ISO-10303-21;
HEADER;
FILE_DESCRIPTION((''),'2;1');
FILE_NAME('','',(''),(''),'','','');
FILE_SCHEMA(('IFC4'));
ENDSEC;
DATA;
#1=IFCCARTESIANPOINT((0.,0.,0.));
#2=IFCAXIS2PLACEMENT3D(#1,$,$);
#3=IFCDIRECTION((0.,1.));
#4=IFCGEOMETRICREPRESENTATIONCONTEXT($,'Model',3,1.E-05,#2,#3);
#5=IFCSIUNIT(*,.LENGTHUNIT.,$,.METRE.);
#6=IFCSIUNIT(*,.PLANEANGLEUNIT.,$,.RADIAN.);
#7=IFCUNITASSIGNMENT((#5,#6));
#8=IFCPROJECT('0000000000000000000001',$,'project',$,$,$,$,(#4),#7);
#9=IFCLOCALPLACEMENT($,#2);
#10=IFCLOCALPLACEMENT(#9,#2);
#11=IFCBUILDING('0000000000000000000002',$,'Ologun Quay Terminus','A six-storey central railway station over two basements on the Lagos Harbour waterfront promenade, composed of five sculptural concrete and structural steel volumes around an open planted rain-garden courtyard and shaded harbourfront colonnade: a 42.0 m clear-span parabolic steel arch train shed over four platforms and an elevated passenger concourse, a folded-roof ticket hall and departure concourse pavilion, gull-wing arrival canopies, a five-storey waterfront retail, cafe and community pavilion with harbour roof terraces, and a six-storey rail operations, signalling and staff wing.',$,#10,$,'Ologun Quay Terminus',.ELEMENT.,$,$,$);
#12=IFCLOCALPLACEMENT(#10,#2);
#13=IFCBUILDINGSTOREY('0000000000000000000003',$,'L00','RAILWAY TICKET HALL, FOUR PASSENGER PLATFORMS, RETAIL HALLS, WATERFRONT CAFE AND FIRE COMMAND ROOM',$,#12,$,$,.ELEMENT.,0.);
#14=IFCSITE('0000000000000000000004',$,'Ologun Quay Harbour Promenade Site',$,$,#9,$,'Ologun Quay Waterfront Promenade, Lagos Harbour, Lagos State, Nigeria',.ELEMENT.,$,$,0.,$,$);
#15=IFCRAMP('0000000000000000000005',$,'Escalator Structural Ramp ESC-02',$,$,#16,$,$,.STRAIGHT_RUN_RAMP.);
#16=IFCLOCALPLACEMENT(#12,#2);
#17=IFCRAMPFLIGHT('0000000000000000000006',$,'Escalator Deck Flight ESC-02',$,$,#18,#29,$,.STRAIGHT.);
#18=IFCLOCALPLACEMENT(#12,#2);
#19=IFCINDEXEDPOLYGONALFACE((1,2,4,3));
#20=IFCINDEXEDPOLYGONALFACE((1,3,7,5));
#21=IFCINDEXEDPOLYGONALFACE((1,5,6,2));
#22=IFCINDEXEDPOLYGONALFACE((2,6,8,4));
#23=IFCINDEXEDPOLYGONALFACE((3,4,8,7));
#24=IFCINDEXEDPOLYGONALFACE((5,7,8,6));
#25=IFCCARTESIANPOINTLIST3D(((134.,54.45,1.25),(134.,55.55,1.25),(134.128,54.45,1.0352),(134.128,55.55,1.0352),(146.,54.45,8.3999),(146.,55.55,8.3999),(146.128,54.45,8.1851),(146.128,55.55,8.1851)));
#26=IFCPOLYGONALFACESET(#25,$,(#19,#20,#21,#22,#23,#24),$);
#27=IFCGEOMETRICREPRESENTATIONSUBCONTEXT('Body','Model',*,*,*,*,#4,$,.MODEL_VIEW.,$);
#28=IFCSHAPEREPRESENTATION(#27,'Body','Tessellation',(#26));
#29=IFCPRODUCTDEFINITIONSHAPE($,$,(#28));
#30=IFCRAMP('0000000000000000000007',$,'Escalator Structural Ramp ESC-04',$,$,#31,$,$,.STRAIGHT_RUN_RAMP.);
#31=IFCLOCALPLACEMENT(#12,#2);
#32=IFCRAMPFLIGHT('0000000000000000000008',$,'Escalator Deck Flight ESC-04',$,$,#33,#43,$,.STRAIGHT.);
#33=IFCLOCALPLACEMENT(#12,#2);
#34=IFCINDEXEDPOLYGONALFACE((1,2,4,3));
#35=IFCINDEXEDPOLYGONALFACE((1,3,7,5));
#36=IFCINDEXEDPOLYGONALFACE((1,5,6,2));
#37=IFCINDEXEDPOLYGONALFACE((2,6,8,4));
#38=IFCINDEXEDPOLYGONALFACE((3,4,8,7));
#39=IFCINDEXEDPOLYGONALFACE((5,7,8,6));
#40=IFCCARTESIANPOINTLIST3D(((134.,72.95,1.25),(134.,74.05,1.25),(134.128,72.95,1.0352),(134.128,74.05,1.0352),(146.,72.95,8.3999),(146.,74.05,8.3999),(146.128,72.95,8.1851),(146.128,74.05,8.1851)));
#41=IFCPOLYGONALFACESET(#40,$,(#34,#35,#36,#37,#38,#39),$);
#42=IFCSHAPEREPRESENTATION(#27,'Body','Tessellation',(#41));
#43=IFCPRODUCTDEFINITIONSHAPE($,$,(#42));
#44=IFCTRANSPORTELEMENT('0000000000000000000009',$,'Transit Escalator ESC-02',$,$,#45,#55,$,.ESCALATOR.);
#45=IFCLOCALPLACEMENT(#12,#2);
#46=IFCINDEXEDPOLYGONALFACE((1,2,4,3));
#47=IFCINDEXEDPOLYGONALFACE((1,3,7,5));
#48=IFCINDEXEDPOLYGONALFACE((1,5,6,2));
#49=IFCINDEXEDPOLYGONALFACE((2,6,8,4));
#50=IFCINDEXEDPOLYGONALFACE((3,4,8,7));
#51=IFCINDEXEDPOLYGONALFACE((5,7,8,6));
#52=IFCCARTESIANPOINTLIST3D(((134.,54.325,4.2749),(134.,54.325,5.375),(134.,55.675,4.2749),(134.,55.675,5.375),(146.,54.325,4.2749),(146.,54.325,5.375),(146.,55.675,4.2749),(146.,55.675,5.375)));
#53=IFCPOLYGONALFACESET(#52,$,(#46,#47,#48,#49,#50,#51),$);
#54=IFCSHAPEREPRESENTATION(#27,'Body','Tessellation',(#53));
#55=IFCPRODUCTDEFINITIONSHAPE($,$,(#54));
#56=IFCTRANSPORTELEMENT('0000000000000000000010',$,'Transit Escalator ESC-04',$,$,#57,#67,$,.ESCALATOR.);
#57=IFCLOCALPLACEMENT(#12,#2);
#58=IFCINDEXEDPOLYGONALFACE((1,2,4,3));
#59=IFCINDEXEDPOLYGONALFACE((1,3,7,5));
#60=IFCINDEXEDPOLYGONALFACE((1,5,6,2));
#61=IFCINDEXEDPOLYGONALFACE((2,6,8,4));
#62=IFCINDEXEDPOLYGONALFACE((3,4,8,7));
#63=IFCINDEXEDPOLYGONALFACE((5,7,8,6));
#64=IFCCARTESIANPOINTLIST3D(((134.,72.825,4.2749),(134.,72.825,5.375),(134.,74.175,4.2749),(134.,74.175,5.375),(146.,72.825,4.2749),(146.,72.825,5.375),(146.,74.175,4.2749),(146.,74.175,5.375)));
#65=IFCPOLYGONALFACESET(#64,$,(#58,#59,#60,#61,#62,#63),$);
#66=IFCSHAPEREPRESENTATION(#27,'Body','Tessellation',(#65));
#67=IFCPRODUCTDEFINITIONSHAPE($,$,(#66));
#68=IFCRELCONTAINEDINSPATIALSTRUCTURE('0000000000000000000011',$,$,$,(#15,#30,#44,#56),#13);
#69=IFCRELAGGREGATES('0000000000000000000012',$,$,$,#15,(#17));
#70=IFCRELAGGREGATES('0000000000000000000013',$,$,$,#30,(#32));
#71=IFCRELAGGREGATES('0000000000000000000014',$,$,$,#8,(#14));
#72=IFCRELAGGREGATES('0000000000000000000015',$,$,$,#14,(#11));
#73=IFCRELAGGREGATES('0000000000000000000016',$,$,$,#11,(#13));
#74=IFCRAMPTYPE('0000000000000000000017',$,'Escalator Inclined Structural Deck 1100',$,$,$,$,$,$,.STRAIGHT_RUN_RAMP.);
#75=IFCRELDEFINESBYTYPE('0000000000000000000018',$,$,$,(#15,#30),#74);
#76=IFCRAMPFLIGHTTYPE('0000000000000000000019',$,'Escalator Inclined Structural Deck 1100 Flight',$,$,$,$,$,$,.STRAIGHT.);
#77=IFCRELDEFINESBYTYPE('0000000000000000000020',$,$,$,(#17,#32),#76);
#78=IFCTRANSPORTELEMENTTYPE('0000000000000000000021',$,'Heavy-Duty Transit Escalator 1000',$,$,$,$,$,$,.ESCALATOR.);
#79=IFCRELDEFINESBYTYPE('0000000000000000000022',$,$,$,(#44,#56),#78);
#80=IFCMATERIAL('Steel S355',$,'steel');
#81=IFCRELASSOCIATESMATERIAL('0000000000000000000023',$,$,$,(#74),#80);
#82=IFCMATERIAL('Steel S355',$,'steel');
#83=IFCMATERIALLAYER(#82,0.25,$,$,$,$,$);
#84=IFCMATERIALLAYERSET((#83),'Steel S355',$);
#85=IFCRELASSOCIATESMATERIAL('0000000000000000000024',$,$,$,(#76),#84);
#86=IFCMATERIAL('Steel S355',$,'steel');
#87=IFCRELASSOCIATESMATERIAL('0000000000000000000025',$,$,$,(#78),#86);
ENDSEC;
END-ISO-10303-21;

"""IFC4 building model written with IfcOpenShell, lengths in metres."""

from ifc_helpers import new_model, si_unit, direction, frame, origin, origin_2d, place, context, subcontext, project, spatial, polyline, rectangle, outline, extrude, material, layer, layer_set, type_object, element, aggregate, save


model = new_model("IFC4")

# Units and contexts
model_context = context("Model", 3, precision=1e-05, world=origin(), true_north=direction((0.0, 1.0)))
body_context = subcontext(model_context, "Body", "Model", "MODEL_VIEW")
ifc_project = project(units=[si_unit("LENGTHUNIT", "METRE"), si_unit("PLANEANGLEUNIT", "RADIAN")], contexts=[model_context])

# Site, building, storey
site_placement = place(None, origin())
site = spatial("IfcSite", under=ifc_project, at=site_placement, Name="Ologun Quay Harbour Promenade Site", LongName="Ologun Quay Waterfront Promenade, Lagos Harbour, Lagos State, Nigeria", CompositionType="ELEMENT", RefElevation=0.0)
building_placement = place(site_placement, origin())
building = spatial("IfcBuilding", under=site, at=building_placement, Name="Ologun Quay Terminus", Description="A six-storey central railway station over two basements on the Lagos Harbour waterfront promenade, composed of five sculptural concrete and structural steel volumes around an open planted rain-garden courtyard and shaded harbourfront colonnade: a 42.0 m clear-span parabolic steel arch train shed over four platforms and an elevated passenger concourse, a folded-roof ticket hall and departure concourse pavilion, gull-wing arrival canopies, a five-storey waterfront retail, cafe and community pavilion with harbour roof terraces, and a six-storey rail operations, signalling and staff wing.", LongName="Ologun Quay Terminus", CompositionType="ELEMENT")
storey_placement = place(building_placement, origin())
storey = spatial("IfcBuildingStorey", under=building, at=storey_placement, Name="L00", Description="RAILWAY TICKET HALL, FOUR PASSENGER PLATFORMS, RETAIL HALLS, WATERFRONT CAFE AND FIRE COMMAND ROOM", CompositionType="ELEMENT", Elevation=0.0)

# Ramps, ramp flights
ifc_material_1 = material(Name="Steel S355", Category="steel")
ramp_type = type_object("IfcRampType", Name="Escalator Inclined Structural Deck 1100", PredefinedType="STRAIGHT_RUN_RAMP", material=ifc_material_1)
ramp_1_placement = place(storey_placement, origin())
ramp_1 = element("IfcRamp", 1, at=ramp_1_placement, inside=storey, type_object=ramp_type, Name="Escalator Structural Ramp ESC-02", PredefinedType="STRAIGHT_RUN_RAMP")
ifc_material_2 = material(Name="Steel S355", Category="steel")
ifc_layer = layer(ifc_material_2, 0.25)
ifc_layer_set = layer_set([ifc_layer], Name="Steel S355")
ramp_flight_type = type_object("IfcRampFlightType", Name="Escalator Inclined Structural Deck 1100 Flight", PredefinedType="STRAIGHT", material=ifc_layer_set)
ramp_flight_1_placement = place(storey_placement, frame((134.0, 54.45, 1.25), z_axis=(-0.511856, 0.0, 0.859071), x_axis=(0.859071, 0.0, 0.511856)))
ramp_flight_1 = element("IfcRampFlight", 2, at=ramp_flight_1_placement, type_object=ramp_flight_type, Name="Escalator Deck Flight ESC-02", PredefinedType="STRAIGHT", context=body_context, shape_type="SweptSolid", body=[
    extrude(outline(polyline([(0.0, 0.0), (13.9686, 0.0), (13.9686, 1.1001), (0.0, 1.1001), (0.0, 0.0)])), origin(), (0.0, 0.0, -1.0), 0.25),
])
aggregate(ramp_1, [ramp_flight_1])
ramp_2_placement = place(storey_placement, origin())
ramp_2 = element("IfcRamp", 3, at=ramp_2_placement, inside=storey, type_object=ramp_type, Name="Escalator Structural Ramp ESC-04", PredefinedType="STRAIGHT_RUN_RAMP")
ramp_flight_2_placement = place(storey_placement, frame((134.0, 72.95, 1.25), z_axis=(-0.511856, 0.0, 0.859071), x_axis=(0.859071, 0.0, 0.511856)))
ramp_flight_2 = element("IfcRampFlight", 4, at=ramp_flight_2_placement, type_object=ramp_flight_type, Name="Escalator Deck Flight ESC-04", PredefinedType="STRAIGHT", context=body_context, shape_type="SweptSolid", body=[
    extrude(outline(polyline([(0.0, 0.0), (13.9686, 0.0), (13.9686, 1.1001), (0.0, 1.1001), (0.0, 0.0)])), origin(), (0.0, 0.0, -1.0), 0.25),
])
aggregate(ramp_2, [ramp_flight_2])

# Transport elements
ifc_material_3 = material(Name="Steel S355", Category="steel")
transport_element_type = type_object("IfcTransportElementType", Name="Heavy-Duty Transit Escalator 1000", PredefinedType="ESCALATOR", material=ifc_material_3)
for number, where, z_axis, x_axis, name in (
    (5, (140.0, 55.0, 4.2749), (0.0, 0.0, 1.0), (1.0, 0.0, 0.0), "Transit Escalator ESC-02"),
    (6, (140.0, 73.5, 4.2749), (0.0, 0.0, 1.0), (1.0, 0.0, 0.0), "Transit Escalator ESC-04"),
):
    element("IfcTransportElement", number, at=place(storey_placement, frame(where, z_axis=z_axis, x_axis=x_axis)), inside=storey, type_object=transport_element_type, Name=name, PredefinedType="ESCALATOR", context=body_context, shape_type="SweptSolid", body=[
        extrude(rectangle(XDim=12.0, YDim=1.3501, at=origin_2d()), origin(), (0.0, 0.0, 1.0), 1.1001),
    ])

save(model, "model.ifc")
